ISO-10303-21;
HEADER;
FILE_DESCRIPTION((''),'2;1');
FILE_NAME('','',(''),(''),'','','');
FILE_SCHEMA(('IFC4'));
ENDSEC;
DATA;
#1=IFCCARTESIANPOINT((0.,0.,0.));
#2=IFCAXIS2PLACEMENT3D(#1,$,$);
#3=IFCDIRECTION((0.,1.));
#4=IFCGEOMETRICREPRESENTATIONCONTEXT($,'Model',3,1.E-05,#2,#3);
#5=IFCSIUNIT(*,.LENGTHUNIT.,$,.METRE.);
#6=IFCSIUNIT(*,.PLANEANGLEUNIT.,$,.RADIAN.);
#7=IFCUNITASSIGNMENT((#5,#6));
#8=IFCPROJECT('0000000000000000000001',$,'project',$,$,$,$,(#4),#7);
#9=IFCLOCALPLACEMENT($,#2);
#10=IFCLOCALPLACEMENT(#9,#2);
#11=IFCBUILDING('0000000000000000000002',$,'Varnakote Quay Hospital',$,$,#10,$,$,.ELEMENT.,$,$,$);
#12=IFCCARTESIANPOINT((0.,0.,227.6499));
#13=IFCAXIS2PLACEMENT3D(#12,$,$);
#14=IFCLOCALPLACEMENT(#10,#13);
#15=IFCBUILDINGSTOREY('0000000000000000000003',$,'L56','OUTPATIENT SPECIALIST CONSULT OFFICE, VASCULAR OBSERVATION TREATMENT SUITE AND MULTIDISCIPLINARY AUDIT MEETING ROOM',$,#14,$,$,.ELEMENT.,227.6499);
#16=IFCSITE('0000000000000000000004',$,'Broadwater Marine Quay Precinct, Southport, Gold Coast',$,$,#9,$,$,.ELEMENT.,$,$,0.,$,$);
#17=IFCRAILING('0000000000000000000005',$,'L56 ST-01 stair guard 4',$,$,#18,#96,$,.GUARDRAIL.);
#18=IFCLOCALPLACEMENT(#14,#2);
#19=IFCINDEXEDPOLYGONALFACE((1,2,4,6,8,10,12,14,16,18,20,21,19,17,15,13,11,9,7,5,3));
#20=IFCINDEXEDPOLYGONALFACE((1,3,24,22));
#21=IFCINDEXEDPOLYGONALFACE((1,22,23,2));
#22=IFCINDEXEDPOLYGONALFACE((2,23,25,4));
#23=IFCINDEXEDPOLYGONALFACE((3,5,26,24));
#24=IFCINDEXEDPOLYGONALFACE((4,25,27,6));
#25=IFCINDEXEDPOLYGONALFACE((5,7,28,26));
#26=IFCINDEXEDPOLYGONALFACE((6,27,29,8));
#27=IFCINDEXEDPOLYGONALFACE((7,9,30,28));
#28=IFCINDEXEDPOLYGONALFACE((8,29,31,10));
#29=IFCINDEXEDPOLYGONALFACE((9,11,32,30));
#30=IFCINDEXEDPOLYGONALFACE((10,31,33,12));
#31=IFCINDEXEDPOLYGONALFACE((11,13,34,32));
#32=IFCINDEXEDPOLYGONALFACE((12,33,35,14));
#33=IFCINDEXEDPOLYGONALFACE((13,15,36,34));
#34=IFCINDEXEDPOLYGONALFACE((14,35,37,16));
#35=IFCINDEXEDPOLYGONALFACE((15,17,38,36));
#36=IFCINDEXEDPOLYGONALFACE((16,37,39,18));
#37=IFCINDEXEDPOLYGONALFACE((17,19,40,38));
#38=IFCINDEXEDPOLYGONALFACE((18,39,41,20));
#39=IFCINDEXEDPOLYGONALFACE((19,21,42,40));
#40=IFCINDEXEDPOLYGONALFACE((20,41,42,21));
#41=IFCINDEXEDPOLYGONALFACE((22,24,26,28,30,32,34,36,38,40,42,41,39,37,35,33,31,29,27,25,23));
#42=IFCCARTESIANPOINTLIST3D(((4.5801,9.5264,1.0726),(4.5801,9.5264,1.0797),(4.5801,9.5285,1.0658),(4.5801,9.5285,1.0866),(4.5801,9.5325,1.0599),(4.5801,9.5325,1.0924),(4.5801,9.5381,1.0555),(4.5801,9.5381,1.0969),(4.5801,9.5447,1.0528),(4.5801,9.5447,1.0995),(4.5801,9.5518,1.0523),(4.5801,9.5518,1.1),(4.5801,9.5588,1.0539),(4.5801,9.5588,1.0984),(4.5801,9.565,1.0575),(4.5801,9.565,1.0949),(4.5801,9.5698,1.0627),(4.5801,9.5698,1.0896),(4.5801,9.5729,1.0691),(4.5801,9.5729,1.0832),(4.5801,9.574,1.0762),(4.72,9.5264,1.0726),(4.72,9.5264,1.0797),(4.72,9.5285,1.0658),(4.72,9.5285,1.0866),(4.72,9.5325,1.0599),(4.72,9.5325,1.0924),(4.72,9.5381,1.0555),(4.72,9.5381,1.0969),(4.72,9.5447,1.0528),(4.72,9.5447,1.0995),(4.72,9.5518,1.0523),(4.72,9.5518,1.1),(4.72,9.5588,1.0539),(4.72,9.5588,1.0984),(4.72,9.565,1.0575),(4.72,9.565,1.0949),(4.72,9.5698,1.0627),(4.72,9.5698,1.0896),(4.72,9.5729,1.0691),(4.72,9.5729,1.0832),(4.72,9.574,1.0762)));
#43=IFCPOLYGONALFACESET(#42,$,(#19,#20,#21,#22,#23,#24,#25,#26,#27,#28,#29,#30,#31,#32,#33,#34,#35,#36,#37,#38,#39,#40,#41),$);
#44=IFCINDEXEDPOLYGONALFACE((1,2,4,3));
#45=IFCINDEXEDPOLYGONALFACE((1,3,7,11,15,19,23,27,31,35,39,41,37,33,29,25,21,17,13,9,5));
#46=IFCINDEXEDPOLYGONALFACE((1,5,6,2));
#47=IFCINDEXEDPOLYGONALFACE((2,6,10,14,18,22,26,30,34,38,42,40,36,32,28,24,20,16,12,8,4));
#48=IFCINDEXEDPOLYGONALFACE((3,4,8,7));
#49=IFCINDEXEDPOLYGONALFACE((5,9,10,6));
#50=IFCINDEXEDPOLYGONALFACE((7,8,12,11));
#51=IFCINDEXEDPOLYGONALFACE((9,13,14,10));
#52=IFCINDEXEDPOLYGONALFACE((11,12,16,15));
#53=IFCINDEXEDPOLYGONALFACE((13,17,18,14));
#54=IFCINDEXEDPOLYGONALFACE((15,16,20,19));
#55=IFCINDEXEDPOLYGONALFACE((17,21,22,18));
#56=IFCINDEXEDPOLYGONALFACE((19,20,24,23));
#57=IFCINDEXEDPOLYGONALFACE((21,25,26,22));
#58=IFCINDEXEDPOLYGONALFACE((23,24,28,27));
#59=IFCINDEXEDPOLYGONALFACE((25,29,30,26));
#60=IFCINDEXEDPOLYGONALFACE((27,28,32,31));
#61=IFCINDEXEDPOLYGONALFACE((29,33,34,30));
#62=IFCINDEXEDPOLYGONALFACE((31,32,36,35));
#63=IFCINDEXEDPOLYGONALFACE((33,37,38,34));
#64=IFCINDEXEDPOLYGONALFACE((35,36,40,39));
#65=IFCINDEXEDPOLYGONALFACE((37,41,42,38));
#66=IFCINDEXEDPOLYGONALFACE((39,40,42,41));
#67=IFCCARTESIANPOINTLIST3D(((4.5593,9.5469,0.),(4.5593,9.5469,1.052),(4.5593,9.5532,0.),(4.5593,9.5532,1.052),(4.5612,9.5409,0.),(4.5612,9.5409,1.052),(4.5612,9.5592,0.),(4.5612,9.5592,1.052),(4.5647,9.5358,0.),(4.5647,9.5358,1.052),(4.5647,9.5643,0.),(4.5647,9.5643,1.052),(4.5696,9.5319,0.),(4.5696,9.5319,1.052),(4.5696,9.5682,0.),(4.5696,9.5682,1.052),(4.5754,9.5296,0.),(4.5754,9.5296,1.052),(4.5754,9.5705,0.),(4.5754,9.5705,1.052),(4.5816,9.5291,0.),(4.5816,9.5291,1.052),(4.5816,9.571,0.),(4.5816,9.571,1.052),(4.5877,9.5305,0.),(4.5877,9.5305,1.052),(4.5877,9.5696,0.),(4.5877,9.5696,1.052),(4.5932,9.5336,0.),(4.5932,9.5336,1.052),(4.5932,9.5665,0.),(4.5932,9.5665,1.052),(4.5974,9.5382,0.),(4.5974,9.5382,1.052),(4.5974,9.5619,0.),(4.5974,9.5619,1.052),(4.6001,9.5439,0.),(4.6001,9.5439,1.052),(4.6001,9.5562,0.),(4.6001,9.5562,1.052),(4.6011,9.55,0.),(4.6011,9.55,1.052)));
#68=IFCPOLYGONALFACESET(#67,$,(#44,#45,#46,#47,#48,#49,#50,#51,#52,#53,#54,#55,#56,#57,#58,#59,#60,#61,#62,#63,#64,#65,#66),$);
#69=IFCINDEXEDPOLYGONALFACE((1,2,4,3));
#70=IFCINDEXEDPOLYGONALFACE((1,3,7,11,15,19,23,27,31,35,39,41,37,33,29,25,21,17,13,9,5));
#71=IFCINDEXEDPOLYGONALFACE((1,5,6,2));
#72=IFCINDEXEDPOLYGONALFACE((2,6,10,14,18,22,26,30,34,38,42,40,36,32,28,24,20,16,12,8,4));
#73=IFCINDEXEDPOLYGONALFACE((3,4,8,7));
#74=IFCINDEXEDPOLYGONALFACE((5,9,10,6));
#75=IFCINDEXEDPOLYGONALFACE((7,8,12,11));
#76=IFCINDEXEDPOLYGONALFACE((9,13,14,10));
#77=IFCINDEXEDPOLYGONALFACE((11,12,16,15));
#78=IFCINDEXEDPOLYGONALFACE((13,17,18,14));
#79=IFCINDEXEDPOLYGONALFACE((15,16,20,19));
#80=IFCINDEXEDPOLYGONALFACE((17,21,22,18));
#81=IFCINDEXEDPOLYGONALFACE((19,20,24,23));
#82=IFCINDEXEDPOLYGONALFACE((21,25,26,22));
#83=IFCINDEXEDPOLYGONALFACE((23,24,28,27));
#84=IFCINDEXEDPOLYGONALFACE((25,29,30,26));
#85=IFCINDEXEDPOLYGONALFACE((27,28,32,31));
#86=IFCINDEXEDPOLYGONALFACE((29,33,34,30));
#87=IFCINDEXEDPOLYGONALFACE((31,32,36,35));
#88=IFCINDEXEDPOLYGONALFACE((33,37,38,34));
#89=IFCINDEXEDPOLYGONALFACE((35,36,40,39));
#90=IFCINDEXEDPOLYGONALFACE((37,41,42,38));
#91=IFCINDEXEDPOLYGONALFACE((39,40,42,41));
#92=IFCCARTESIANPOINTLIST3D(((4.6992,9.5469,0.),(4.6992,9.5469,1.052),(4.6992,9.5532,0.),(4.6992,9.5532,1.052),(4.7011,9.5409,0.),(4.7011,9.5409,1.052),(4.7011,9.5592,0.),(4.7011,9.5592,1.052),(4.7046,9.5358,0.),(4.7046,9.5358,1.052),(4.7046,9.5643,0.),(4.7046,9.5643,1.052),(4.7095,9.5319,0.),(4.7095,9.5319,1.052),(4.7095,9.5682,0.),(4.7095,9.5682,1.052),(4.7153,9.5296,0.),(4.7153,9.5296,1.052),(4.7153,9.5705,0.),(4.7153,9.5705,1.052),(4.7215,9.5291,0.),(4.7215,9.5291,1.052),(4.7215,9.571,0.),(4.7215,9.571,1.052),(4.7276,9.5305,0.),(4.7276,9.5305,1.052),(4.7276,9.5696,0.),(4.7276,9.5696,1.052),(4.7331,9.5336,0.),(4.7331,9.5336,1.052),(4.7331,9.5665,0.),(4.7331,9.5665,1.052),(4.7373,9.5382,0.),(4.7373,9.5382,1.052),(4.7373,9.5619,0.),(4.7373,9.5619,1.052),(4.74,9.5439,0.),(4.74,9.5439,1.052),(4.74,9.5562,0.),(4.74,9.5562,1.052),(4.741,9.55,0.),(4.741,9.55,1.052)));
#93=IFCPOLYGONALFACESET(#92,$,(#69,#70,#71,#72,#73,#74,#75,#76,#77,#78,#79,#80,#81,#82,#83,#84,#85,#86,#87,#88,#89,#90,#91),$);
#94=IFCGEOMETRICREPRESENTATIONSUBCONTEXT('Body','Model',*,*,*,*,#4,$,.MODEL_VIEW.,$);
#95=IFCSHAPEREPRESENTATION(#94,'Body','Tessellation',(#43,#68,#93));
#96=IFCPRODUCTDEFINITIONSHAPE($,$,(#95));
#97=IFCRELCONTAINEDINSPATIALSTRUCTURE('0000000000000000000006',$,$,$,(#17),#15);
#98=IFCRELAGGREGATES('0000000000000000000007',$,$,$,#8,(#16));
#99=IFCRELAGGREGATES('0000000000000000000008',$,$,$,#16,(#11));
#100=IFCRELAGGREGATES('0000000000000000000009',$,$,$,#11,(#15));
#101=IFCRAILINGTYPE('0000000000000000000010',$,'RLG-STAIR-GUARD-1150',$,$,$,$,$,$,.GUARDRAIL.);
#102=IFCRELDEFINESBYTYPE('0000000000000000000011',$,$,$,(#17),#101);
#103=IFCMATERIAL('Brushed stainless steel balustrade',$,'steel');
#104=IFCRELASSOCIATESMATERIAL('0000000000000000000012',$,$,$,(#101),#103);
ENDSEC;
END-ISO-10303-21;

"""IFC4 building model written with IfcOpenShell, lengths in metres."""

from ifc_helpers import new_model, si_unit, direction, frame, origin, origin_2d, place, context, subcontext, project, spatial, circle, extrude, material, type_object, element, save


model = new_model("IFC4")

# Units and contexts
model_context = context("Model", 3, precision=1e-05, world=origin(), true_north=direction((0.0, 1.0)))
body_context = subcontext(model_context, "Body", "Model", "MODEL_VIEW")
ifc_project = project(units=[si_unit("LENGTHUNIT", "METRE"), si_unit("PLANEANGLEUNIT", "RADIAN")], contexts=[model_context])

# Site, building, storey
site_placement = place(None, origin())
site = spatial("IfcSite", under=ifc_project, at=site_placement, Name="Broadwater Marine Quay Precinct, Southport, Gold Coast", CompositionType="ELEMENT", RefElevation=0.0)
building_placement = place(site_placement, origin())
building = spatial("IfcBuilding", under=site, at=building_placement, Name="Varnakote Quay Hospital", CompositionType="ELEMENT")
storey_placement = place(building_placement, frame((0.0, 0.0, 227.6499)))
storey = spatial("IfcBuildingStorey", under=building, at=storey_placement, Name="L56", Description="OUTPATIENT SPECIALIST CONSULT OFFICE, VASCULAR OBSERVATION TREATMENT SUITE AND MULTIDISCIPLINARY AUDIT MEETING ROOM", CompositionType="ELEMENT", Elevation=227.6499)

# Railing
ifc_material_1 = material(Name="Brushed stainless steel balustrade", Category="steel")
railing_type_1 = type_object("IfcRailingType", Name="RLG-STAIR-GUARD-1150", PredefinedType="GUARDRAIL", material=ifc_material_1)
railing_1_placement = place(storey_placement, frame((4.5801, 9.55, 0.0)))
element("IfcRailing", 1, at=railing_1_placement, inside=storey, type_object=railing_type_1, Name="L56 ST-01 stair guard 4", PredefinedType="GUARDRAIL", context=body_context, shape_type="SweptSolid", body=[
    extrude(circle(Radius=0.0239, at=origin_2d()), frame((0.0, 0.0, 1.0762), z_axis=(1.0, 0.0, 0.0), x_axis=(0.0, 1.0, 0.0)), (0.0, 0.0, 1.0), 0.1399),
    extrude(circle(Radius=0.021, at=origin_2d()), origin(), (0.0, 0.0, 1.0), 1.052),
    extrude(circle(Radius=0.021, at=origin_2d()), frame((0.1399, 0.0, 0.0)), (0.0, 0.0, 1.0), 1.052),
])

save(model, "model.ifc")
